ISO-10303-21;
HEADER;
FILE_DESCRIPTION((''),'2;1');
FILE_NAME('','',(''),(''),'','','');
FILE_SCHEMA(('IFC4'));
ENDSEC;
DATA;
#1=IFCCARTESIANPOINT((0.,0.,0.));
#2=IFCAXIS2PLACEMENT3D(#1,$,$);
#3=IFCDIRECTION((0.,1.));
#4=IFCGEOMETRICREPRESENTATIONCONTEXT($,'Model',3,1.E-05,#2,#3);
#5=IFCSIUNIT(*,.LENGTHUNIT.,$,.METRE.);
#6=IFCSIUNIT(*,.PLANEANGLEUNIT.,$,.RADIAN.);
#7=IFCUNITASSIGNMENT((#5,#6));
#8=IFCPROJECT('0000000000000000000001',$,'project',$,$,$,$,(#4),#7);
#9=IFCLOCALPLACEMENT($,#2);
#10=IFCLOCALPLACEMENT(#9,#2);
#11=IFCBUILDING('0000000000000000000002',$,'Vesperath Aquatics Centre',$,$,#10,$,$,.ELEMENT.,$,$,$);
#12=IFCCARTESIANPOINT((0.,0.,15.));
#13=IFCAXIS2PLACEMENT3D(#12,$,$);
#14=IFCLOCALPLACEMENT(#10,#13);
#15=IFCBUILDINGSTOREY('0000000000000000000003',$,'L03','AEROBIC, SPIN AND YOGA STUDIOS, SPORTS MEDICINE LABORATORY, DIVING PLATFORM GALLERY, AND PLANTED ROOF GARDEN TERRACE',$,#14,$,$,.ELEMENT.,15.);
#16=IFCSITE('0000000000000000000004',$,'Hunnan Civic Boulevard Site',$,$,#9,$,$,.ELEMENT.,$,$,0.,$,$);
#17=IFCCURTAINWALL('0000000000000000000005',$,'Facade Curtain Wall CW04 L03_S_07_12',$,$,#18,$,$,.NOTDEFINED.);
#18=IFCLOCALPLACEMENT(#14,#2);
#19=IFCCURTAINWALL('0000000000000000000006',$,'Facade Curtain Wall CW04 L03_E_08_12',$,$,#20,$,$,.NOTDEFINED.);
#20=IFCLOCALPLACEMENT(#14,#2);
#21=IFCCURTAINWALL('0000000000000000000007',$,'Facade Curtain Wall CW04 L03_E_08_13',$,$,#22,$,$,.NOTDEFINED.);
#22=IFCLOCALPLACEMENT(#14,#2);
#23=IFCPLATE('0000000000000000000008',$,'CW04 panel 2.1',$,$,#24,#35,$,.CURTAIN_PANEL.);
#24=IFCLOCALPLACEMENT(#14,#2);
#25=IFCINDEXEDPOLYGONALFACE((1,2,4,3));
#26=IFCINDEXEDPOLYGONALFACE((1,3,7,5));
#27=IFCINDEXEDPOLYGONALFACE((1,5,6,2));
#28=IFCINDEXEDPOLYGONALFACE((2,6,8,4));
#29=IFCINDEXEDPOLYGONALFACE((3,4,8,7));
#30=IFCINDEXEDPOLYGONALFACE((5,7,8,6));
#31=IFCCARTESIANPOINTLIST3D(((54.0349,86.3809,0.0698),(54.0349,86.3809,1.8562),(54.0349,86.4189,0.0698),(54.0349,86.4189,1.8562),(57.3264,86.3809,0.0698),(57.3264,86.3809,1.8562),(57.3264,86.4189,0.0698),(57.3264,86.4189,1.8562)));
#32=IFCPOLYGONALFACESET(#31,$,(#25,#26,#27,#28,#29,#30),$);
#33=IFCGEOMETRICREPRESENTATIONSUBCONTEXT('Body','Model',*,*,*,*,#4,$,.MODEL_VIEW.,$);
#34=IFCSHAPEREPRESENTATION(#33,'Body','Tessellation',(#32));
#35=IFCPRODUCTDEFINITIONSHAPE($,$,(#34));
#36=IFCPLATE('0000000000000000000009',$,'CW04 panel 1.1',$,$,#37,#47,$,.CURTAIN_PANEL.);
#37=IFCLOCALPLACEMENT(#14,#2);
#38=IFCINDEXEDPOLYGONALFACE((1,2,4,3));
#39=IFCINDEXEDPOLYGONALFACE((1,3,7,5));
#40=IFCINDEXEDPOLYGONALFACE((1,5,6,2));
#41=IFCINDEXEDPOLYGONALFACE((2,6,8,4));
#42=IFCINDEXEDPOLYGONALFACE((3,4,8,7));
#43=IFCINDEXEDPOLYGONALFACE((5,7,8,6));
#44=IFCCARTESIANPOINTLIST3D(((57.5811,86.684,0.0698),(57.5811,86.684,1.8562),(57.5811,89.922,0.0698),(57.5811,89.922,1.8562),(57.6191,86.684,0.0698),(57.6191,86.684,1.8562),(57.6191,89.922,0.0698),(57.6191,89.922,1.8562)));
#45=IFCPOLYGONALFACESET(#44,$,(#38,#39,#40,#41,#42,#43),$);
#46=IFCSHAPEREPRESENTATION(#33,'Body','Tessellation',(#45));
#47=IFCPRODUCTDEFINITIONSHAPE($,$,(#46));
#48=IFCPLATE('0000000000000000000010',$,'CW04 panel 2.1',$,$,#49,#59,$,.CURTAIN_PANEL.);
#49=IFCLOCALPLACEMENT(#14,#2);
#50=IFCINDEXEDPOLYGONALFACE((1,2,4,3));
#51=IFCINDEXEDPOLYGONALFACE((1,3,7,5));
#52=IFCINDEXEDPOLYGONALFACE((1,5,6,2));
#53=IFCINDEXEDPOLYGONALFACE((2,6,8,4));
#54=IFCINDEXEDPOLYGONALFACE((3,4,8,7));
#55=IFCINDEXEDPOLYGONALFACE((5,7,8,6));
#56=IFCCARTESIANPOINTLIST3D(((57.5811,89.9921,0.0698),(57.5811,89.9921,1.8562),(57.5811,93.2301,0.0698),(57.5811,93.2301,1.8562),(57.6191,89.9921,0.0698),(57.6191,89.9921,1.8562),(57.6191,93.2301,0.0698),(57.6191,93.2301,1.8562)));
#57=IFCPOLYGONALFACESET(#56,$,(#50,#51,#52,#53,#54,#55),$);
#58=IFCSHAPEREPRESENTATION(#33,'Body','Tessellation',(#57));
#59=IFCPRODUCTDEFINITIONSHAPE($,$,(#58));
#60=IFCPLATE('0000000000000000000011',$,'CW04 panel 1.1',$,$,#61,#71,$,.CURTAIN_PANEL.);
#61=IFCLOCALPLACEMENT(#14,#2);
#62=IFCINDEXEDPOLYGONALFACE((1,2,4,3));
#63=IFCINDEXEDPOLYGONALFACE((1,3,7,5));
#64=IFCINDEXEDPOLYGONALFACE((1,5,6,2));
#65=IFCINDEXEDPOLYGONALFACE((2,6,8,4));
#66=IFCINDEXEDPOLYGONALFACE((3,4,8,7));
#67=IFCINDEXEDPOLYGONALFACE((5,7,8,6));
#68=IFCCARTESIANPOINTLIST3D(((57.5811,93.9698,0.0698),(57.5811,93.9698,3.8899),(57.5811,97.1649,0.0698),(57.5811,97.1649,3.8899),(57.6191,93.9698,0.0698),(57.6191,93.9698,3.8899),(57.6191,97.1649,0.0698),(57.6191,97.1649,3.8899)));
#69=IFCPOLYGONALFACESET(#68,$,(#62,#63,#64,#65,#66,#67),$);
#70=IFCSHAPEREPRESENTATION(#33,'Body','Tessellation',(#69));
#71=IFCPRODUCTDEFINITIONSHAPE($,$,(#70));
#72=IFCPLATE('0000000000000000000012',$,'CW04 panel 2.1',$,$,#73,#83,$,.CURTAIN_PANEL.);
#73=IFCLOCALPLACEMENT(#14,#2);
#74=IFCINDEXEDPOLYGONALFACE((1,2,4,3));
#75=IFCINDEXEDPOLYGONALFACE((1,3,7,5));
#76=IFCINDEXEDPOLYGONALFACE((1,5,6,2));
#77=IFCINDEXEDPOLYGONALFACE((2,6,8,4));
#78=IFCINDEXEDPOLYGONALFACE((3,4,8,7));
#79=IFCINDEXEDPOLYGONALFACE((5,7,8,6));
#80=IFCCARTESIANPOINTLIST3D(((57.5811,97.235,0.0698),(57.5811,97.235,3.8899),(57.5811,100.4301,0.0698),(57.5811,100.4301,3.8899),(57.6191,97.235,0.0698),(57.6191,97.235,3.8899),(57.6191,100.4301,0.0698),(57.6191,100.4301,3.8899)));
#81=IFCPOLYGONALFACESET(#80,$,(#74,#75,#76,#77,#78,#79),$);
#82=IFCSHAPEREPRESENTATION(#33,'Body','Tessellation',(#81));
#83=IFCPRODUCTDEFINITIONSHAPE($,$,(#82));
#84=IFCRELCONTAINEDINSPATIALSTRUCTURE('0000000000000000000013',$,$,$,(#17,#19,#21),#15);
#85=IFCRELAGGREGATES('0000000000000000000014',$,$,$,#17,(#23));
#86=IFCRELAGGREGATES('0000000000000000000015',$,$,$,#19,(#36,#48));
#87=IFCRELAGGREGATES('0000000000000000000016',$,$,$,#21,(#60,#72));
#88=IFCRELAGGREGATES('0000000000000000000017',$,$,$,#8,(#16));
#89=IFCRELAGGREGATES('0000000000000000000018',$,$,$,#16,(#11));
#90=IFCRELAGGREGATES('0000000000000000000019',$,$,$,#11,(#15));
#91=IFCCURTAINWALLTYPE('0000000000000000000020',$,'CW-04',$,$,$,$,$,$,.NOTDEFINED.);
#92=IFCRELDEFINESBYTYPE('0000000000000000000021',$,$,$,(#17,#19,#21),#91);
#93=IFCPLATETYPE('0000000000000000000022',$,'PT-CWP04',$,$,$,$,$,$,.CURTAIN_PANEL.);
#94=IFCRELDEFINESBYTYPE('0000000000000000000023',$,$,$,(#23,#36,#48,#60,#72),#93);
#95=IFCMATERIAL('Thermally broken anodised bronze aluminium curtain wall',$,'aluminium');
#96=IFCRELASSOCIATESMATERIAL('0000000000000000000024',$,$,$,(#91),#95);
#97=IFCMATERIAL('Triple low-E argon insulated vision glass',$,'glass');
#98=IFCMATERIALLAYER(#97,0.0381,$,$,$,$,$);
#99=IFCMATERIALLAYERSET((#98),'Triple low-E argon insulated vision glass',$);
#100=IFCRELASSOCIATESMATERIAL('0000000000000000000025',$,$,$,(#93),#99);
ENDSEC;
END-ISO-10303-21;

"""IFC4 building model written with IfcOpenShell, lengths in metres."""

from ifc_helpers import new_model, si_unit, direction, frame, origin, origin_2d, place, context, subcontext, project, spatial, rectangle, extrude, material, layer, layer_set, type_object, element, aggregate, save


model = new_model("IFC4")

# Units and contexts
model_context = context("Model", 3, precision=1e-05, world=origin(), true_north=direction((0.0, 1.0)))
body_context = subcontext(model_context, "Body", "Model", "MODEL_VIEW")
ifc_project = project(units=[si_unit("LENGTHUNIT", "METRE"), si_unit("PLANEANGLEUNIT", "RADIAN")], contexts=[model_context])

# Site, building, storey
site_placement = place(None, origin())
site = spatial("IfcSite", under=ifc_project, at=site_placement, Name="Hunnan Civic Boulevard Site", CompositionType="ELEMENT", RefElevation=0.0)
building_placement = place(site_placement, origin())
building = spatial("IfcBuilding", under=site, at=building_placement, Name="Vesperath Aquatics Centre", CompositionType="ELEMENT")
storey_placement = place(building_placement, frame((0.0, 0.0, 15.0)))
storey = spatial("IfcBuildingStorey", under=building, at=storey_placement, Name="L03", Description="AEROBIC, SPIN AND YOGA STUDIOS, SPORTS MEDICINE LABORATORY, DIVING PLATFORM GALLERY, AND PLANTED ROOF GARDEN TERRACE", CompositionType="ELEMENT", Elevation=15.0)

# Curtain wall
ifc_material_1 = material(Name="Thermally broken anodised bronze aluminium curtain wall", Category="aluminium")
curtain_wall_type = type_object("IfcCurtainWallType", Name="CW-04", PredefinedType="NOTDEFINED", material=ifc_material_1)
curtain_wall_1_placement = place(storey_placement, origin())
curtain_wall_1 = element("IfcCurtainWall", 1, at=curtain_wall_1_placement, inside=storey, type_object=curtain_wall_type, Name="Facade Curtain Wall CW04 L03_S_07_12", PredefinedType="NOTDEFINED")

# Curtain walls
curtain_wall_2_placement = place(storey_placement, origin())
curtain_wall_2 = element("IfcCurtainWall", 2, at=curtain_wall_2_placement, inside=storey, type_object=curtain_wall_type, Name="Facade Curtain Wall CW04 L03_E_08_12", PredefinedType="NOTDEFINED")
curtain_wall_3_placement = place(storey_placement, origin())
curtain_wall_3 = element("IfcCurtainWall", 3, at=curtain_wall_3_placement, inside=storey, type_object=curtain_wall_type, Name="Facade Curtain Wall CW04 L03_E_08_13", PredefinedType="NOTDEFINED")

# Plates
ifc_material_2 = material(Name="Triple low-E argon insulated vision glass", Category="glass")
ifc_layer = layer(ifc_material_2, 0.0381)
ifc_layer_set = layer_set([ifc_layer], Name="Triple low-E argon insulated vision glass")
plate_type = type_object("IfcPlateType", Name="PT-CWP04", PredefinedType="CURTAIN_PANEL", material=ifc_layer_set)
plate_1_placement = place(storey_placement, frame((55.6807, 86.3999, 0.0698), z_axis=(0.0, 0.0, 1.0), x_axis=(1.0, 0.0, 0.0)))
plate_1 = element("IfcPlate", 4, at=plate_1_placement, type_object=plate_type, Name="CW04 panel 2.1", PredefinedType="CURTAIN_PANEL", context=body_context, shape_type="SweptSolid", body=[
    extrude(rectangle(XDim=3.2915, YDim=0.0381, at=origin_2d()), origin(), (0.0, 0.0, 1.0), 1.7864),
])
aggregate(curtain_wall_1, [plate_1])
plate_2_placement = place(storey_placement, frame((57.6001, 88.303, 0.0698), z_axis=(0.0, 0.0, 1.0), x_axis=(0.0, 1.0, 0.0)))
plate_2 = element("IfcPlate", 5, at=plate_2_placement, type_object=plate_type, Name="CW04 panel 1.1", PredefinedType="CURTAIN_PANEL", context=body_context, shape_type="SweptSolid", body=[
    extrude(rectangle(XDim=3.238, YDim=0.0381, at=origin_2d()), origin(), (0.0, 0.0, 1.0), 1.7864),
])
plate_3_placement = place(storey_placement, frame((57.6001, 91.6111, 0.0698), z_axis=(0.0, 0.0, 1.0), x_axis=(0.0, 1.0, 0.0)))
plate_3 = element("IfcPlate", 6, at=plate_3_placement, type_object=plate_type, Name="CW04 panel 2.1", PredefinedType="CURTAIN_PANEL", context=body_context, shape_type="SweptSolid", body=[
    extrude(rectangle(XDim=3.238, YDim=0.0381, at=origin_2d()), origin(), (0.0, 0.0, 1.0), 1.7864),
])
aggregate(curtain_wall_2, [plate_2, plate_3])
plate_4_placement = place(storey_placement, frame((57.6001, 95.5674, 0.0698), z_axis=(0.0, 0.0, 1.0), x_axis=(0.0, 1.0, 0.0)))
plate_4 = element("IfcPlate", 7, at=plate_4_placement, type_object=plate_type, Name="CW04 panel 1.1", PredefinedType="CURTAIN_PANEL", context=body_context, shape_type="SweptSolid", body=[
    extrude(rectangle(XDim=3.1951, YDim=0.0381, at=origin_2d()), origin(), (0.0, 0.0, 1.0), 3.8201),
])
plate_5_placement = place(storey_placement, frame((57.6001, 98.8325, 0.0698), z_axis=(0.0, 0.0, 1.0), x_axis=(0.0, 1.0, 0.0)))
plate_5 = element("IfcPlate", 8, at=plate_5_placement, type_object=plate_type, Name="CW04 panel 2.1", PredefinedType="CURTAIN_PANEL", context=body_context, shape_type="SweptSolid", body=[
    extrude(rectangle(XDim=3.1951, YDim=0.0381, at=origin_2d()), origin(), (0.0, 0.0, 1.0), 3.8201),
])
aggregate(curtain_wall_3, [plate_4, plate_5])

save(model, "model.ifc")
